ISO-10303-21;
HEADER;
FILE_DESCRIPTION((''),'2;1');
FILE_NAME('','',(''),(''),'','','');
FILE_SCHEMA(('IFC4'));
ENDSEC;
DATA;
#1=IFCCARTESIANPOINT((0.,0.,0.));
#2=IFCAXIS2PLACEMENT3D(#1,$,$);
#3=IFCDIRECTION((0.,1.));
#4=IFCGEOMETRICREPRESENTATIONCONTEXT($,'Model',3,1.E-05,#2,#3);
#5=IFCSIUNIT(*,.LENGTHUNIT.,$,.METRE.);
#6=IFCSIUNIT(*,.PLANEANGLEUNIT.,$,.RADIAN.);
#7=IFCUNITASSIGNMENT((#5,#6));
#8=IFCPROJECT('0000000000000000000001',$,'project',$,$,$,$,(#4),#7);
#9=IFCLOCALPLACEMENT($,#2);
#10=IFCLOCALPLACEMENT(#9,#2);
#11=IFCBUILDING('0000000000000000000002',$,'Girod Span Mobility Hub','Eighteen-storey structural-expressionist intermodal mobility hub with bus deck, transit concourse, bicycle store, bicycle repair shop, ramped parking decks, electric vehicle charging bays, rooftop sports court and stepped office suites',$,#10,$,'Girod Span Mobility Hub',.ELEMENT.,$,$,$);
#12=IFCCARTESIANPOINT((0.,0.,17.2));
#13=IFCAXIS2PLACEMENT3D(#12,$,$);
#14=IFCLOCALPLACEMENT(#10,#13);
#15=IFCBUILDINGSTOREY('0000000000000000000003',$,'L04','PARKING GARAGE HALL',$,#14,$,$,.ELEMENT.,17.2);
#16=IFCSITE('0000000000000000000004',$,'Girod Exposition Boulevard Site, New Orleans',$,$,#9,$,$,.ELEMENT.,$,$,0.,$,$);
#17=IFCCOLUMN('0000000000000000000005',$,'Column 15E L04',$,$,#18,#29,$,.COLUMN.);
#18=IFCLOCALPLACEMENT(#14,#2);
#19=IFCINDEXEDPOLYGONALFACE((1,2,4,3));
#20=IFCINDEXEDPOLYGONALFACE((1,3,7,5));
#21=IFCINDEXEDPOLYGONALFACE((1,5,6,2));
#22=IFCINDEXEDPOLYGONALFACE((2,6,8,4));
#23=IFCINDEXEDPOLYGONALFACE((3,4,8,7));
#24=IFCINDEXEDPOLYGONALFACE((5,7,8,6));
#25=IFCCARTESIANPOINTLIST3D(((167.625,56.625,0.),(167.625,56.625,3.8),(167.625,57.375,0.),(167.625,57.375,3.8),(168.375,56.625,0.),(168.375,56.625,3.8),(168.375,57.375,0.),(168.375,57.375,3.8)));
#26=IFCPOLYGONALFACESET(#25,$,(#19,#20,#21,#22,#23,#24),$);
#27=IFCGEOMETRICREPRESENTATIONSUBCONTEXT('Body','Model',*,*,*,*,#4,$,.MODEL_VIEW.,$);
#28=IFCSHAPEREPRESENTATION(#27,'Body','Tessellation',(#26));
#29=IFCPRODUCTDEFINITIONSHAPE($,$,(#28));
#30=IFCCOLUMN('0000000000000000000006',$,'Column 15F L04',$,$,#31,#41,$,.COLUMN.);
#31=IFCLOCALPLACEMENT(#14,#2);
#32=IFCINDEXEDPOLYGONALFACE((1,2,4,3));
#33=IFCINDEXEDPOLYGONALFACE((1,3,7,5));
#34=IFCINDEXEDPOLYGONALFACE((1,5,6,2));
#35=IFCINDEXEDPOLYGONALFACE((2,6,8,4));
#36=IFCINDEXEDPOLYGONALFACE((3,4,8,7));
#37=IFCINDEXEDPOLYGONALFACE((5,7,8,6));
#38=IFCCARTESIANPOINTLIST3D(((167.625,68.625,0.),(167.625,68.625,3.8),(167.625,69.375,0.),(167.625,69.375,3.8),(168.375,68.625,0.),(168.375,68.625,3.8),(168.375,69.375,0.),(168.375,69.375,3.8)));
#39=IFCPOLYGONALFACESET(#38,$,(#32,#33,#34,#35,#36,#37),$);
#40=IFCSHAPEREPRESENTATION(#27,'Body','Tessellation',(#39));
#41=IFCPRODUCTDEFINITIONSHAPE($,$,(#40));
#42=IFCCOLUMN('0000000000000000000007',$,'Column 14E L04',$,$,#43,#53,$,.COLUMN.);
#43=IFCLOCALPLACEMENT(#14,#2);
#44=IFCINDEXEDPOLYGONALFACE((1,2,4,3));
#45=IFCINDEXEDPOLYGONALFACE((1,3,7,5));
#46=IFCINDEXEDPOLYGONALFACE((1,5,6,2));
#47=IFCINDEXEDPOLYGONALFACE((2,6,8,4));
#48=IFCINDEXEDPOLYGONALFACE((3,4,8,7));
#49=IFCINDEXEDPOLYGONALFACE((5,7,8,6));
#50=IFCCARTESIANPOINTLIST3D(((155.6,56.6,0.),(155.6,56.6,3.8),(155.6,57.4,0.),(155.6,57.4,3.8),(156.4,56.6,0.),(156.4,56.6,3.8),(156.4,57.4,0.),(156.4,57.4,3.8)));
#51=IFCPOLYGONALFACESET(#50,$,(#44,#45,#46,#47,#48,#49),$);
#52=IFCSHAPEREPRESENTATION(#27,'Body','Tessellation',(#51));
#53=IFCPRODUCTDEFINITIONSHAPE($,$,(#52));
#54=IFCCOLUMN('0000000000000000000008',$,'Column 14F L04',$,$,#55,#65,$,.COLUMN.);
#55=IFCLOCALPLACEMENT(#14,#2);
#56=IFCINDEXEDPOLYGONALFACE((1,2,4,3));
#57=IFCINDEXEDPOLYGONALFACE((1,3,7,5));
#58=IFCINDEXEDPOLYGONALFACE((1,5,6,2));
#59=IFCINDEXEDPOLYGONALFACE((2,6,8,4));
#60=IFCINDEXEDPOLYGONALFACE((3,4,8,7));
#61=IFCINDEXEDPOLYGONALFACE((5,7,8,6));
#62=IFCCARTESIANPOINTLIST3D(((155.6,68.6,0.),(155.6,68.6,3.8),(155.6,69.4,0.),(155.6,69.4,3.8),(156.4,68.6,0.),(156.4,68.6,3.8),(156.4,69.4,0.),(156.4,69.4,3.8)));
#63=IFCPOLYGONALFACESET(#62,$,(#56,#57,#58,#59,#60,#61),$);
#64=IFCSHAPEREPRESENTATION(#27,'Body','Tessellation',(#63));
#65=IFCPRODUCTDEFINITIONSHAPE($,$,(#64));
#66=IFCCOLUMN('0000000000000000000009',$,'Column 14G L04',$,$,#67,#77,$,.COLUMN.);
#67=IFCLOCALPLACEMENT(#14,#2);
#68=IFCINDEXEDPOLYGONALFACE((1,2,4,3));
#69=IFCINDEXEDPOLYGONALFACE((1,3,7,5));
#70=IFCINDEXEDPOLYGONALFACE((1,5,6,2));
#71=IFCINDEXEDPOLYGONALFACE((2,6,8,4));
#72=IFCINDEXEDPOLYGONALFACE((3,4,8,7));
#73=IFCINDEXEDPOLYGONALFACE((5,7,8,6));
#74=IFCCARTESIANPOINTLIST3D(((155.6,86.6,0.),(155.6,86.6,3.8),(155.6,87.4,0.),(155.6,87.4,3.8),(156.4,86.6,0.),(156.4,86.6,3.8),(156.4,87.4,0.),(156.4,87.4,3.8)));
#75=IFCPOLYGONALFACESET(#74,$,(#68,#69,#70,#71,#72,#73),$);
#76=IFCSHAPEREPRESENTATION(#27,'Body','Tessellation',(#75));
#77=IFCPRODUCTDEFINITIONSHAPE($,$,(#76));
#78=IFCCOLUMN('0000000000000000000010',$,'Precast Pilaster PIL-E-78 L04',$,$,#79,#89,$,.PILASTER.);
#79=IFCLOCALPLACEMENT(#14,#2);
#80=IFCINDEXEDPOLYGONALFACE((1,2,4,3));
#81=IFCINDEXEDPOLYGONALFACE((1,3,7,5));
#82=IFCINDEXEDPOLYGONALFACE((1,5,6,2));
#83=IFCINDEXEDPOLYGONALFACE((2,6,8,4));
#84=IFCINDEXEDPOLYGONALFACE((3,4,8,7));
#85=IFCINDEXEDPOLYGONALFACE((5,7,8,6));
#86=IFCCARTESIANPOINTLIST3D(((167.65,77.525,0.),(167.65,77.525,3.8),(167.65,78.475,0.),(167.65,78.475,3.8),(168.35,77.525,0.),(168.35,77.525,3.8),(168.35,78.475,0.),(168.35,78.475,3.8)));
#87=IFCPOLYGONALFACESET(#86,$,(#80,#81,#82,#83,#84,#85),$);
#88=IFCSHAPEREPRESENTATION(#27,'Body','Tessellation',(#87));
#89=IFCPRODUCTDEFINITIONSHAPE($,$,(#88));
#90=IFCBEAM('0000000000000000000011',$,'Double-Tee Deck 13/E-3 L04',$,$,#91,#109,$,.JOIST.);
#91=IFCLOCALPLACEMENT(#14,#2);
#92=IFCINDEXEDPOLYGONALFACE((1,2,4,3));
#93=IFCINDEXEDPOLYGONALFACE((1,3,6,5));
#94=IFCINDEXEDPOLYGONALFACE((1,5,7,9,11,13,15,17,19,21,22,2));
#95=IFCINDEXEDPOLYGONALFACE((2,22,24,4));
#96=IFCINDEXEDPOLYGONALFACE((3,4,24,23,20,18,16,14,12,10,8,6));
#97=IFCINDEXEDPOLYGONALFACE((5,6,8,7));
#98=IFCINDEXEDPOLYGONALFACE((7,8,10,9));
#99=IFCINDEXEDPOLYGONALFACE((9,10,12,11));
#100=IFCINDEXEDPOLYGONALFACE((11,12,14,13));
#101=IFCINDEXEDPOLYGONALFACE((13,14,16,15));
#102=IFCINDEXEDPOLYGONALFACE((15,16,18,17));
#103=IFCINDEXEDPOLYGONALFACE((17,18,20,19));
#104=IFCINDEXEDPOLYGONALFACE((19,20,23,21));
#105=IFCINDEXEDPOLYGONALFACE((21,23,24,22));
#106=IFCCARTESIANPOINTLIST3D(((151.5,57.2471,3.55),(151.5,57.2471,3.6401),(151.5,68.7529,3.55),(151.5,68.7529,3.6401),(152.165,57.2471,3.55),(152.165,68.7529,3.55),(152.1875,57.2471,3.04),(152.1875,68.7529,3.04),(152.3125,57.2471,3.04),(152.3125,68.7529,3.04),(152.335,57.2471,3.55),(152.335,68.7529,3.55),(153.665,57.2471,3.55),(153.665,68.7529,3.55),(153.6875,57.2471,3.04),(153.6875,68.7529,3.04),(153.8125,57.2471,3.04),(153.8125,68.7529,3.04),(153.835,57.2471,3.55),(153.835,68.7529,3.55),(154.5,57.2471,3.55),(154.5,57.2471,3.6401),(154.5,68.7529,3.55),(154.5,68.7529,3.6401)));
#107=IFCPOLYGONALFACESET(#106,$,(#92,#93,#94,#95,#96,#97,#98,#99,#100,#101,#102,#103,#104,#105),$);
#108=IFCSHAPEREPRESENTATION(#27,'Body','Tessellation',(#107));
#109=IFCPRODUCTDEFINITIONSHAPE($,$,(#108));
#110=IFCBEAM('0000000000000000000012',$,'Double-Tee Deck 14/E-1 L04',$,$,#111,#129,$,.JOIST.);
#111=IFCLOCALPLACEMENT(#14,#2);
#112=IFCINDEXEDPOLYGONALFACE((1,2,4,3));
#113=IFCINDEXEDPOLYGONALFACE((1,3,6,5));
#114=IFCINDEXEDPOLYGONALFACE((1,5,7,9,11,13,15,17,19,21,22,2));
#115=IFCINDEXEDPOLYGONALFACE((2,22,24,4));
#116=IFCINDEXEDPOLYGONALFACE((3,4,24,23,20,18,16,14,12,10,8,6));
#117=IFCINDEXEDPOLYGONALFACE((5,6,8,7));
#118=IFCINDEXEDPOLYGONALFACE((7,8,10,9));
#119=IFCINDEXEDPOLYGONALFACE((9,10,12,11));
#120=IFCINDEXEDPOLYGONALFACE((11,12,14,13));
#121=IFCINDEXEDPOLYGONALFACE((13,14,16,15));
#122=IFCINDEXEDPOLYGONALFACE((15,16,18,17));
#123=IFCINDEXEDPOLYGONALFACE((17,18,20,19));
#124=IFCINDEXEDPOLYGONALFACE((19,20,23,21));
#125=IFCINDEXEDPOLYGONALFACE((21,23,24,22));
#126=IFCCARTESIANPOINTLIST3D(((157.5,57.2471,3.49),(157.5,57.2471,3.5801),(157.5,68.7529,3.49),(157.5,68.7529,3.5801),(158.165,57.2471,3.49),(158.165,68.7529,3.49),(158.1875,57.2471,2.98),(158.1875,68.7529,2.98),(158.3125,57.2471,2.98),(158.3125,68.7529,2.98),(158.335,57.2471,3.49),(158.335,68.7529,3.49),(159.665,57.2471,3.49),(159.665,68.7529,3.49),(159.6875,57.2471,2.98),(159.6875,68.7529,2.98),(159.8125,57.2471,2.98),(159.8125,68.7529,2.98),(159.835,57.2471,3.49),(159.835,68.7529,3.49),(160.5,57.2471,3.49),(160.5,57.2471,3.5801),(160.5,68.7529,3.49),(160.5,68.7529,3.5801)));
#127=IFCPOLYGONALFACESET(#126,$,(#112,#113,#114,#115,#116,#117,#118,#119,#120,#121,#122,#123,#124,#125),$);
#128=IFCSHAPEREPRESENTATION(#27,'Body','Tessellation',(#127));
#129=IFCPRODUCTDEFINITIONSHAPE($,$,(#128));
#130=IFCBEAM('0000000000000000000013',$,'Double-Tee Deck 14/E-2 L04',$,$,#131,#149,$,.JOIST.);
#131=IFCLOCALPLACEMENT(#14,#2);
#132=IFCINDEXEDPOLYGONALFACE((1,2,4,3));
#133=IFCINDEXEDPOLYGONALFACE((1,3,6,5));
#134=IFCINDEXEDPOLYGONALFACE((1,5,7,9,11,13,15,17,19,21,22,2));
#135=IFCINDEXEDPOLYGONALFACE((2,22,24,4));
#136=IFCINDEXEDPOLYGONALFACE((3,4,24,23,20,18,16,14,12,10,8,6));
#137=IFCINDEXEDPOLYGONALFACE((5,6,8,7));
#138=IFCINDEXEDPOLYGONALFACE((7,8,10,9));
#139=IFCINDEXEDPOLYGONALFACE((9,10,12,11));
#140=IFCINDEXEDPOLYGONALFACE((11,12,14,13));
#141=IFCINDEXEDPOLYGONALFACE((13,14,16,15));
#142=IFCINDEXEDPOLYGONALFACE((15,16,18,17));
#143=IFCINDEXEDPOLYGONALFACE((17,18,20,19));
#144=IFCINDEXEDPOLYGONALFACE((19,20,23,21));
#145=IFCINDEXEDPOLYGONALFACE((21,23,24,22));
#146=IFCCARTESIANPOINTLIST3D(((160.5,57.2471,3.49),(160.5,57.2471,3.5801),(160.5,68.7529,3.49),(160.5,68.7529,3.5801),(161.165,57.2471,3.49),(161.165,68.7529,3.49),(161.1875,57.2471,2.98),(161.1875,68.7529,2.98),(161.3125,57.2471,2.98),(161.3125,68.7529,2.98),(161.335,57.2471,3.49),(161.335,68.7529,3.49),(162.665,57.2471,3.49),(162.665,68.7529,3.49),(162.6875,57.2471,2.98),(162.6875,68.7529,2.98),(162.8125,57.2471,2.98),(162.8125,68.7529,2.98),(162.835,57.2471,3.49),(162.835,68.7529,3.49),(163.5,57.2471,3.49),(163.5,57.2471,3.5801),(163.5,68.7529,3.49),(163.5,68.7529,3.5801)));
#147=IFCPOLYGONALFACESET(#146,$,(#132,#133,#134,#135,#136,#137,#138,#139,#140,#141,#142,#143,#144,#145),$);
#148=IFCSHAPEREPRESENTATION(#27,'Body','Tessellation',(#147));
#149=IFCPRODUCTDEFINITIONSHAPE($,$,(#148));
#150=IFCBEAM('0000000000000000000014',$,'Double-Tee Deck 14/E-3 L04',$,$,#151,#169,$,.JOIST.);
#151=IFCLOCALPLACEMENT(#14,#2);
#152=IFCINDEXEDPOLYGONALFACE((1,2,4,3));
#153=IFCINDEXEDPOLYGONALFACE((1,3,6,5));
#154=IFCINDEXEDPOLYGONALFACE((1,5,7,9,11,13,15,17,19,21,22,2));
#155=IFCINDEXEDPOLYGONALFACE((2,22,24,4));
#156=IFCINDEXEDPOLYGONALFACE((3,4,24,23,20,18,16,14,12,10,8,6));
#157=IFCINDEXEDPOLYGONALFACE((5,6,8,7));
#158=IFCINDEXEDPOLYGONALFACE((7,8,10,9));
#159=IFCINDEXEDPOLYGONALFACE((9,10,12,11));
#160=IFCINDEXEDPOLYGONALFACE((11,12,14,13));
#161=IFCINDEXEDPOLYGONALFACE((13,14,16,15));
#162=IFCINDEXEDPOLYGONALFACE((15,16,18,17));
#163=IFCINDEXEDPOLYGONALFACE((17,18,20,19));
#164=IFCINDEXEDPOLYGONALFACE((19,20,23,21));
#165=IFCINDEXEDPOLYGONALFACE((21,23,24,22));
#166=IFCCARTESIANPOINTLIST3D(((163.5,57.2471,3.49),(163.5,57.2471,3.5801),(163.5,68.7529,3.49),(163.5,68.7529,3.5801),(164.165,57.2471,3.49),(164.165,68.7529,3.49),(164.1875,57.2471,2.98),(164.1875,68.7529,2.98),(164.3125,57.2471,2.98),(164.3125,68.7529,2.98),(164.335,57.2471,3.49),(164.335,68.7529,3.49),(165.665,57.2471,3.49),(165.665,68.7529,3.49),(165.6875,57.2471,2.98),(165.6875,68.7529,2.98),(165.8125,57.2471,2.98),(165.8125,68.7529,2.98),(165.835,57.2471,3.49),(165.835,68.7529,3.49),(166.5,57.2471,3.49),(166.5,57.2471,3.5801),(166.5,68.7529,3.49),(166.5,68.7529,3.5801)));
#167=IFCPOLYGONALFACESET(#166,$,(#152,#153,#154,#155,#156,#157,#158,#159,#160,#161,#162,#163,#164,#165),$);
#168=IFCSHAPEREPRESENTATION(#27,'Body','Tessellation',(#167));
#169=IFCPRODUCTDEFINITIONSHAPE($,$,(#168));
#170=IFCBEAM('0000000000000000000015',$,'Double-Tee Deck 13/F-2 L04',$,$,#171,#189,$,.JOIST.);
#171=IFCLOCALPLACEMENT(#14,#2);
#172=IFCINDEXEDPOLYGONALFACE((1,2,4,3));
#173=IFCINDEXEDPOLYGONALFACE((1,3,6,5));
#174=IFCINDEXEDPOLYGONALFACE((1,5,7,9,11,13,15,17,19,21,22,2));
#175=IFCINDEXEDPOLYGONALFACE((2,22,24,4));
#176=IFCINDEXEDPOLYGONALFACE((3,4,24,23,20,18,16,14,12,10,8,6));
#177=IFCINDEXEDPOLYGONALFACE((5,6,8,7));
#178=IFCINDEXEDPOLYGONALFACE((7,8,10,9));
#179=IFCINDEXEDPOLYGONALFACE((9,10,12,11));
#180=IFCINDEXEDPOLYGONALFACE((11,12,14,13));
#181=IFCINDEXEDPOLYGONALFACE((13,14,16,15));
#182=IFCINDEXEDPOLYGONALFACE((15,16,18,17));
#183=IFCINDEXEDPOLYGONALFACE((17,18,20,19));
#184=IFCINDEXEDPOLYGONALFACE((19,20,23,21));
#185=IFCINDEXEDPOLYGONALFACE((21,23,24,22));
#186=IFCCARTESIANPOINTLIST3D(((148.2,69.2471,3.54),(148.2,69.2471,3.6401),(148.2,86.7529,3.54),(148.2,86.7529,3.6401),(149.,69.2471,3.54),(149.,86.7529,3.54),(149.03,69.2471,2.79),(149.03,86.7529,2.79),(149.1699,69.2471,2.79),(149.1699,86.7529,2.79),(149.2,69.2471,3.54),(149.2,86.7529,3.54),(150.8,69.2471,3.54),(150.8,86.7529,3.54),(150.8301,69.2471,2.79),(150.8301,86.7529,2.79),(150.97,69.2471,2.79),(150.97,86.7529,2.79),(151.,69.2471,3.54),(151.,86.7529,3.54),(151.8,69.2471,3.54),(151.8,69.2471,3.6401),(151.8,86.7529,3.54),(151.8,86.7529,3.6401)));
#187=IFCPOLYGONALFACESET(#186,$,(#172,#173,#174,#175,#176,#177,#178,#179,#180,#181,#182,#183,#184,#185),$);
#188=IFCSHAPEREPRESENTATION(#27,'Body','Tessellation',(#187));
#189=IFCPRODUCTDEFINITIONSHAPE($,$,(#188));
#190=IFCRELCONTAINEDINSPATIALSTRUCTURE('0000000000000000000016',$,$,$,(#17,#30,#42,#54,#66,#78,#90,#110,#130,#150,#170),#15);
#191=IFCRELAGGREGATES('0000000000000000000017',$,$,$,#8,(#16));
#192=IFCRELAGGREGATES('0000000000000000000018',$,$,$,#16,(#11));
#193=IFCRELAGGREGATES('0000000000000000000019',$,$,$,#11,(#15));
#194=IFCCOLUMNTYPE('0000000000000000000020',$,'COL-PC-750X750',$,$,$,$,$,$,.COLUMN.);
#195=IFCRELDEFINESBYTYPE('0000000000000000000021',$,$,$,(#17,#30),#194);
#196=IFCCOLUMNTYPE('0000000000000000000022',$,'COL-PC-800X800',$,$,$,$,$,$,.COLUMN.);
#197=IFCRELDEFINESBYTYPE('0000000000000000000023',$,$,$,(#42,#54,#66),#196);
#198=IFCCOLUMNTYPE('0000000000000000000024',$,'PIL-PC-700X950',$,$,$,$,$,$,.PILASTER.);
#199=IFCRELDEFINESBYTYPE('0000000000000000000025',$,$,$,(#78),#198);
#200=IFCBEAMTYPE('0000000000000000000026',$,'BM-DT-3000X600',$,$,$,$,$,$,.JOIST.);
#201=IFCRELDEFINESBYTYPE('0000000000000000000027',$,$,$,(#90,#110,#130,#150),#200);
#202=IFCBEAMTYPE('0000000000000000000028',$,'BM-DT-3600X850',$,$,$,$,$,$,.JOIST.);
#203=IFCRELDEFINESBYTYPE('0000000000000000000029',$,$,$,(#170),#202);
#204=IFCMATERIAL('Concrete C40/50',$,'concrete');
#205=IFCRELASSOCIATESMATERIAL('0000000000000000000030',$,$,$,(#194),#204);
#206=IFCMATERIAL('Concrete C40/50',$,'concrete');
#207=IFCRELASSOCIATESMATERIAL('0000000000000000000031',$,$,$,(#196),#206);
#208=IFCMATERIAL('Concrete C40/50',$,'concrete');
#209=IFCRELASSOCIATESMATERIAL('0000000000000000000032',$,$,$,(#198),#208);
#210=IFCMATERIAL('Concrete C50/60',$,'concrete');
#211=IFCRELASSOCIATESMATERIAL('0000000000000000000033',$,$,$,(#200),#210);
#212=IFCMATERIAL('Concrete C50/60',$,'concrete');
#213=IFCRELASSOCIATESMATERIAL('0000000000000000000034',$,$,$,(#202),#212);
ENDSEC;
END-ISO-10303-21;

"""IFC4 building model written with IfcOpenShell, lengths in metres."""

from ifc_helpers import new_model, si_unit, direction, frame, origin, origin_2d, place, context, subcontext, project, spatial, polyline, rectangle, outline, extrude, material, material_profile, profile_set, type_object, element, save


model = new_model("IFC4")

# Units and contexts
model_context = context("Model", 3, precision=1e-05, world=origin(), true_north=direction((0.0, 1.0)))
body_context = subcontext(model_context, "Body", "Model", "MODEL_VIEW")
ifc_project = project(units=[si_unit("LENGTHUNIT", "METRE"), si_unit("PLANEANGLEUNIT", "RADIAN")], contexts=[model_context])

# Site, building, storey
site_placement = place(None, origin())
site = spatial("IfcSite", under=ifc_project, at=site_placement, Name="Girod Exposition Boulevard Site, New Orleans", CompositionType="ELEMENT", RefElevation=0.0)
building_placement = place(site_placement, origin())
building = spatial("IfcBuilding", under=site, at=building_placement, Name="Girod Span Mobility Hub", Description="Eighteen-storey structural-expressionist intermodal mobility hub with bus deck, transit concourse, bicycle store, bicycle repair shop, ramped parking decks, electric vehicle charging bays, rooftop sports court and stepped office suites", LongName="Girod Span Mobility Hub", CompositionType="ELEMENT")
storey_placement = place(building_placement, frame((0.0, 0.0, 17.2)))
storey = spatial("IfcBuildingStorey", under=building, at=storey_placement, Name="L04", Description="PARKING GARAGE HALL", CompositionType="ELEMENT", Elevation=17.2)

# Columns
ifc_material_1 = material(Name="Concrete C40/50", Category="concrete")
ifc_material_profile_1 = material_profile(ifc_material_1, rectangle(XDim=0.75, YDim=0.75, at=origin_2d()), Name="PC-COL-750X750")
ifc_profile_set_1 = profile_set([ifc_material_profile_1], Name="Concrete C40/50")
column_type_1 = type_object("IfcColumnType", Name="COL-PC-750X750", PredefinedType="COLUMN", material=ifc_profile_set_1)
for number, where, z_axis, x_axis, name in (
    (1, (168.0, 57.0, 0.0), (0.0, 0.0, 1.0), (1.0, 0.0, 0.0), "Column 15E L04"),
    (2, (168.0, 69.0, 0.0), (0.0, 0.0, 1.0), (1.0, 0.0, 0.0), "Column 15F L04"),
):
    element("IfcColumn", number, at=place(storey_placement, frame(where, z_axis=z_axis, x_axis=x_axis)), inside=storey, type_object=column_type_1, Name=name, PredefinedType="COLUMN", context=body_context, shape_type="SweptSolid", body=[
        extrude(rectangle(XDim=0.75, YDim=0.75, at=origin_2d()), origin(), (0.0, 0.0, 1.0), 3.8),
    ])
ifc_material_2 = material(Name="Concrete C40/50", Category="concrete")
ifc_material_profile_2 = material_profile(ifc_material_2, rectangle(XDim=0.8, YDim=0.8, at=origin_2d()), Name="PC-COL-800X800")
ifc_profile_set_2 = profile_set([ifc_material_profile_2], Name="Concrete C40/50")
column_type_2 = type_object("IfcColumnType", Name="COL-PC-800X800", PredefinedType="COLUMN", material=ifc_profile_set_2)
for number, where, z_axis, x_axis, name in (
    (3, (156.0, 57.0, 0.0), (0.0, 0.0, 1.0), (1.0, 0.0, 0.0), "Column 14E L04"),
    (4, (156.0, 69.0, 0.0), (0.0, 0.0, 1.0), (1.0, 0.0, 0.0), "Column 14F L04"),
    (5, (156.0, 87.0, 0.0), (0.0, 0.0, 1.0), (1.0, 0.0, 0.0), "Column 14G L04"),
):
    element("IfcColumn", number, at=place(storey_placement, frame(where, z_axis=z_axis, x_axis=x_axis)), inside=storey, type_object=column_type_2, Name=name, PredefinedType="COLUMN", context=body_context, shape_type="SweptSolid", body=[
        extrude(rectangle(XDim=0.8, YDim=0.8, at=origin_2d()), origin(), (0.0, 0.0, 1.0), 3.8),
    ])
ifc_material_3 = material(Name="Concrete C40/50", Category="concrete")
ifc_material_profile_3 = material_profile(ifc_material_3, rectangle(XDim=0.7, YDim=0.95, at=origin_2d()), Name="PC-PIL-700X950")
ifc_profile_set_3 = profile_set([ifc_material_profile_3], Name="Concrete C40/50")
column_type_3 = type_object("IfcColumnType", Name="PIL-PC-700X950", PredefinedType="PILASTER", material=ifc_profile_set_3)
column_placement = place(storey_placement, frame((168.0, 78.0, 0.0), z_axis=(0.0, 0.0, 1.0), x_axis=(1.0, 0.0, 0.0)))
element("IfcColumn", 6, at=column_placement, inside=storey, type_object=column_type_3, Name="Precast Pilaster PIL-E-78 L04", PredefinedType="PILASTER", context=body_context, shape_type="SweptSolid", body=[
    extrude(rectangle(XDim=0.7, YDim=0.95, at=origin_2d()), origin(), (0.0, 0.0, 1.0), 3.8),
])

# Beams
ifc_material_4 = material(Name="Concrete C50/60", Category="concrete")
ifc_material_profile_4 = material_profile(ifc_material_4, outline(polyline([(-1.5, 0.3), (-1.5, 0.21), (-0.835, 0.21), (-0.8125, -0.3), (-0.6875, -0.3), (-0.665, 0.21), (0.665, 0.21), (0.6875, -0.3), (0.8125, -0.3), (0.835, 0.21), (1.5, 0.21), (1.5, 0.3), (-1.5, 0.3)])), Name="DT-3000X600")
ifc_profile_set_4 = profile_set([ifc_material_profile_4], Name="Concrete C50/60")
beam_type_1 = type_object("IfcBeamType", Name="BM-DT-3000X600", PredefinedType="JOIST", material=ifc_profile_set_4)
for number, where, z_axis, x_axis, name in (
    (7, (153.0, 57.2471, 3.3401), (0.0, 1.0, 0.0), (-1.0, 0.0, 0.0), "Double-Tee Deck 13/E-3 L04"),
    (8, (159.0, 57.2471, 3.28), (0.0, 1.0, 0.0), (-1.0, 0.0, 0.0), "Double-Tee Deck 14/E-1 L04"),
    (9, (162.0, 57.2471, 3.28), (0.0, 1.0, 0.0), (-1.0, 0.0, 0.0), "Double-Tee Deck 14/E-2 L04"),
    (10, (165.0, 57.2471, 3.28), (0.0, 1.0, 0.0), (-1.0, 0.0, 0.0), "Double-Tee Deck 14/E-3 L04"),
):
    element("IfcBeam", number, at=place(storey_placement, frame(where, z_axis=z_axis, x_axis=x_axis)), inside=storey, type_object=beam_type_1, Name=name, PredefinedType="JOIST", context=body_context, shape_type="SweptSolid", body=[
        extrude(outline(polyline([(-1.5, 0.3), (-1.5, 0.21), (-0.835, 0.21), (-0.8125, -0.3), (-0.6875, -0.3), (-0.665, 0.21), (0.665, 0.21), (0.6875, -0.3), (0.8125, -0.3), (0.835, 0.21), (1.5, 0.21), (1.5, 0.3), (-1.5, 0.3)])), origin(), (0.0, 0.0, 1.0), 11.5059),
    ])
ifc_material_5 = material(Name="Concrete C50/60", Category="concrete")
ifc_material_profile_5 = material_profile(ifc_material_5, outline(polyline([(-1.8, 0.425), (-1.8, 0.325), (-1.0, 0.325), (-0.97, -0.425), (-0.8301, -0.425), (-0.8, 0.325), (0.8, 0.325), (0.8301, -0.425), (0.97, -0.425), (1.0, 0.325), (1.8, 0.325), (1.8, 0.425), (-1.8, 0.425)])), Name="DT-3600X850")
ifc_profile_set_5 = profile_set([ifc_material_profile_5], Name="Concrete C50/60")
beam_type_2 = type_object("IfcBeamType", Name="BM-DT-3600X850", PredefinedType="JOIST", material=ifc_profile_set_5)
for number, where, z_axis, x_axis, name in (
    (11, (150.0, 69.2471, 3.2151), (0.0, 1.0, 0.0), (-1.0, 0.0, 0.0), "Double-Tee Deck 13/F-2 L04"),
):
    element("IfcBeam", number, at=place(storey_placement, frame(where, z_axis=z_axis, x_axis=x_axis)), inside=storey, type_object=beam_type_2, Name=name, PredefinedType="JOIST", context=body_context, shape_type="SweptSolid", body=[
        extrude(outline(polyline([(-1.8, 0.425), (-1.8, 0.325), (-1.0, 0.325), (-0.97, -0.425), (-0.8301, -0.425), (-0.8, 0.325), (0.8, 0.325), (0.8301, -0.425), (0.97, -0.425), (1.0, 0.325), (1.8, 0.325), (1.8, 0.425), (-1.8, 0.425)])), origin(), (0.0, 0.0, 1.0), 17.5059),
    ])

save(model, "model.ifc")
